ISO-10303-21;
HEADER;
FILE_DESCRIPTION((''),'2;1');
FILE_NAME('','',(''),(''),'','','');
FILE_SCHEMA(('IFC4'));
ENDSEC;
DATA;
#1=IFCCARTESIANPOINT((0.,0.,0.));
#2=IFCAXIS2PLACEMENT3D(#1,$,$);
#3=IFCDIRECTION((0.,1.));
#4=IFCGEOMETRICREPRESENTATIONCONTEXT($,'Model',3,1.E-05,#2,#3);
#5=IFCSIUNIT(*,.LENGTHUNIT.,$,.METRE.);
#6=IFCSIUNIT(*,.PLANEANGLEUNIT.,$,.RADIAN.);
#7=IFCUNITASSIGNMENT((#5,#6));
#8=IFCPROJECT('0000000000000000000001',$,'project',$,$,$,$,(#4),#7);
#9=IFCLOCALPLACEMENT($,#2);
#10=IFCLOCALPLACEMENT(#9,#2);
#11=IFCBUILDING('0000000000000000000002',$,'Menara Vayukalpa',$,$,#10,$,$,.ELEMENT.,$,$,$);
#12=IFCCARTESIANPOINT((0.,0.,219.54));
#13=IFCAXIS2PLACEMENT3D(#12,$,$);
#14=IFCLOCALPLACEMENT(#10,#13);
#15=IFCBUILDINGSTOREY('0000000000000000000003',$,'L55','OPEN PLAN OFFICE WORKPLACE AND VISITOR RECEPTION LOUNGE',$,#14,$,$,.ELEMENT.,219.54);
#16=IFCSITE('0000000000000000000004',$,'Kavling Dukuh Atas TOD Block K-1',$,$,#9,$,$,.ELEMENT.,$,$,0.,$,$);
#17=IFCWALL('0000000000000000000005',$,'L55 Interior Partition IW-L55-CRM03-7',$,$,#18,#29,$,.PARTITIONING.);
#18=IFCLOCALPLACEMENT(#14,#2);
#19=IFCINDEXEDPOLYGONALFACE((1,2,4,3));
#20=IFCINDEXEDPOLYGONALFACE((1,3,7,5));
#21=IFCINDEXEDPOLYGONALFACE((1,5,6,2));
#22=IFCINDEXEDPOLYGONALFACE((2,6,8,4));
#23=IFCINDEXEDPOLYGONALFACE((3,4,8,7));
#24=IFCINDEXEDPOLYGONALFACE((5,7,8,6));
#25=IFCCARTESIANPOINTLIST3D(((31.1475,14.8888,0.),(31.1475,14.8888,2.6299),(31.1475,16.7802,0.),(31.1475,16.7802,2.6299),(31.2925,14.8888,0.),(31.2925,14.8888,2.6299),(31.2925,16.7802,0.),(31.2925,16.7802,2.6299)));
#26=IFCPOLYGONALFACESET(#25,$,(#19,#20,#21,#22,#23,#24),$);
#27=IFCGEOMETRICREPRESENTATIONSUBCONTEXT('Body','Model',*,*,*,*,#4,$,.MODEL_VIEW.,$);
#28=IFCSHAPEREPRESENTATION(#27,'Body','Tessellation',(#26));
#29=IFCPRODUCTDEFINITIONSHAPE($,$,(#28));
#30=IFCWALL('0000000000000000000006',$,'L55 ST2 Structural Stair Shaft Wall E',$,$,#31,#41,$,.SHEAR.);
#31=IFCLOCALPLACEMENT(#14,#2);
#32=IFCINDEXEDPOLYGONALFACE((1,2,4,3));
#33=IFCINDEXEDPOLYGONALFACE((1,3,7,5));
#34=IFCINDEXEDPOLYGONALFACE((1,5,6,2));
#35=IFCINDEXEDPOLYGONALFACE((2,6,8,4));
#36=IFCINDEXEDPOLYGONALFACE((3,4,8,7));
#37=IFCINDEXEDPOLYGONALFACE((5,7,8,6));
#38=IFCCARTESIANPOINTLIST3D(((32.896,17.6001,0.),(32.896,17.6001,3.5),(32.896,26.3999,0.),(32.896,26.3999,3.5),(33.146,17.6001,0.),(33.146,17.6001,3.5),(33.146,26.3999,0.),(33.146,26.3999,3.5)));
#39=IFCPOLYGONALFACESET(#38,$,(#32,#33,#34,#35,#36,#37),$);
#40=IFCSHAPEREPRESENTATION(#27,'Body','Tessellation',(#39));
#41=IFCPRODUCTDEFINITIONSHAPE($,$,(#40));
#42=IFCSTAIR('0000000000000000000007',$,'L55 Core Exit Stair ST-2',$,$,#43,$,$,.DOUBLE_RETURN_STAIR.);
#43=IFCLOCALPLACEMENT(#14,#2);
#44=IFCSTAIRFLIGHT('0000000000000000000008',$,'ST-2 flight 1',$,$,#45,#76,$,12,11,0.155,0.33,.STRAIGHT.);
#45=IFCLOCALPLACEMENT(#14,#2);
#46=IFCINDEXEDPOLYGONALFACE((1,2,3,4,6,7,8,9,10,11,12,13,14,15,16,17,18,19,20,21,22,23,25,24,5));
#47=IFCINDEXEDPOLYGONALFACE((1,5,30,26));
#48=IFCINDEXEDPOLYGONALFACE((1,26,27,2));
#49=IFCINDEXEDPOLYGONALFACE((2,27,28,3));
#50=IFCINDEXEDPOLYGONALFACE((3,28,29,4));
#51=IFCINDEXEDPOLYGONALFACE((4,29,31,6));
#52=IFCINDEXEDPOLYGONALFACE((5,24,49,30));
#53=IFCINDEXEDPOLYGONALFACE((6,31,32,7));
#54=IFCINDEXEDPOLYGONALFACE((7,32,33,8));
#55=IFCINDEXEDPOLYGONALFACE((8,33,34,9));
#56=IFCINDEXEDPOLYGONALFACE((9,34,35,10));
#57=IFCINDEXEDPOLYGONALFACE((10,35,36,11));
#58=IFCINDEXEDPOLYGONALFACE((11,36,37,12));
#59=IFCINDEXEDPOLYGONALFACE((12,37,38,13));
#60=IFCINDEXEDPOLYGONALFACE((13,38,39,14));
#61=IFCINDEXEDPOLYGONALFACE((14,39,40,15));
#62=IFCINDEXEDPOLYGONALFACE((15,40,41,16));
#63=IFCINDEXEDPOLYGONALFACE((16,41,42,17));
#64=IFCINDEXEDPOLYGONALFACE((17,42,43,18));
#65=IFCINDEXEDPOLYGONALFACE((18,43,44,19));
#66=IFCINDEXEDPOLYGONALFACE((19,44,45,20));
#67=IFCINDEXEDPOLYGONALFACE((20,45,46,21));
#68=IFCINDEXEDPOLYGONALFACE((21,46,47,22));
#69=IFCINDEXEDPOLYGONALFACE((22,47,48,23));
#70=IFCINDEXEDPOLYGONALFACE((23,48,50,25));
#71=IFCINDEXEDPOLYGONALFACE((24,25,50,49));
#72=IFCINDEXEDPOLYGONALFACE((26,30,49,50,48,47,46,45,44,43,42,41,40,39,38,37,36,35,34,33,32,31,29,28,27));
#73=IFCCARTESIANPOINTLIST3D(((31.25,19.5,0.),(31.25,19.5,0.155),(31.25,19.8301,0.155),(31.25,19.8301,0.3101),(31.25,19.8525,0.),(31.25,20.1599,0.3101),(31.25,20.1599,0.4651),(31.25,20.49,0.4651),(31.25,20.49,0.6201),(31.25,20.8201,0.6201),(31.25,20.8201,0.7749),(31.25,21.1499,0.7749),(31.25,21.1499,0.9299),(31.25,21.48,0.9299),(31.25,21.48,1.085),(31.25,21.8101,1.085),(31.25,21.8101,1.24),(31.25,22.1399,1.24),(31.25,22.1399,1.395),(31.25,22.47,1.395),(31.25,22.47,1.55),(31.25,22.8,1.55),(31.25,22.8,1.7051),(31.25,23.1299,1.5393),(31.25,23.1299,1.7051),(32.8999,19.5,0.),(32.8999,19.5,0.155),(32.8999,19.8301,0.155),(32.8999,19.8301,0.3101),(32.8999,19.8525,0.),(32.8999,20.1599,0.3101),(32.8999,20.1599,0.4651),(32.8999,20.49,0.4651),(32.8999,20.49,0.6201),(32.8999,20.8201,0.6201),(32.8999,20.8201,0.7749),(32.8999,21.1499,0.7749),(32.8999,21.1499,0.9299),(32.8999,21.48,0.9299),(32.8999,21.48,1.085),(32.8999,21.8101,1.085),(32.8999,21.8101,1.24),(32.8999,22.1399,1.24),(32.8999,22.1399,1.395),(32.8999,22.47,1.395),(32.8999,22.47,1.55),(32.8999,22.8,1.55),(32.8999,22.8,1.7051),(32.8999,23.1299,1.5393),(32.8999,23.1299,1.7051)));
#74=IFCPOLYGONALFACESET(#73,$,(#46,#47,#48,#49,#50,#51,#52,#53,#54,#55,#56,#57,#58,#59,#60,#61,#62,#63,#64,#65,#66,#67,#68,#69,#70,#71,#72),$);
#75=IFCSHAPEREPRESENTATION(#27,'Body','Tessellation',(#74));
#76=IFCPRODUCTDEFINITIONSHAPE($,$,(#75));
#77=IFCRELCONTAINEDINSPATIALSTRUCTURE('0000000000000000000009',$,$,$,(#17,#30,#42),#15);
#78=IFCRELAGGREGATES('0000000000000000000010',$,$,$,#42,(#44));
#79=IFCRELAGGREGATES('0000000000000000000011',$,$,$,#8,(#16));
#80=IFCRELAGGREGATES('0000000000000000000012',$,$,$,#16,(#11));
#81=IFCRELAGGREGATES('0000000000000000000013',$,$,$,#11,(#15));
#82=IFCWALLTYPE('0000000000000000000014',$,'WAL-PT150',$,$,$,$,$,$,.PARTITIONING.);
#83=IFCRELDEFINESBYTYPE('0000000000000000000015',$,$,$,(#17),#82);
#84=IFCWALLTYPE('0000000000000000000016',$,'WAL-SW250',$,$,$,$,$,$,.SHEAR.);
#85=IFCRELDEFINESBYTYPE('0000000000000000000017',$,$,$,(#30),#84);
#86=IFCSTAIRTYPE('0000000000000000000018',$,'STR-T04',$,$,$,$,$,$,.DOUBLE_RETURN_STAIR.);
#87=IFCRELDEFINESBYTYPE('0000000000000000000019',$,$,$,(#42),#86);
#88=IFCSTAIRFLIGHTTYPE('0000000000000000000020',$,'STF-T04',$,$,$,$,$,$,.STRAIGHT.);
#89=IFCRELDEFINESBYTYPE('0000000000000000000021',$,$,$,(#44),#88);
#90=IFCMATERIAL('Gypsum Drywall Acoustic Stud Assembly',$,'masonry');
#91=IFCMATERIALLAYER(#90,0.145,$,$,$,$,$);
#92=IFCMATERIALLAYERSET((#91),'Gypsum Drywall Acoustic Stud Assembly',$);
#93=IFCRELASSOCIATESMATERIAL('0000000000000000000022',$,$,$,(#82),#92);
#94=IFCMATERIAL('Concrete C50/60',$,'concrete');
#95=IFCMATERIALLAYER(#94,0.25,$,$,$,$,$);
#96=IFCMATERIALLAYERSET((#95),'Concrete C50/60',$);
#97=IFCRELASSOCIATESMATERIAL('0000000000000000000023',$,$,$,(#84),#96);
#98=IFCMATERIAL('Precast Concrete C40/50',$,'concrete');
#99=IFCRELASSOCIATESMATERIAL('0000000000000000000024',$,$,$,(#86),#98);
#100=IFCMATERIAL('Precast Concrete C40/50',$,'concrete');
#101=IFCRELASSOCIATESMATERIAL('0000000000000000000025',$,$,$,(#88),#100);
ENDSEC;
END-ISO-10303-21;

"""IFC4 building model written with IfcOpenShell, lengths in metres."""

from ifc_helpers import new_model, si_unit, direction, frame, frame_2d, origin, place, context, subcontext, project, spatial, polyline, rectangle, outline, extrude, material, layer, layer_set, type_object, element, aggregate, save


model = new_model("IFC4")

# Units and contexts
model_context = context("Model", 3, precision=1e-05, world=origin(), true_north=direction((0.0, 1.0)))
body_context = subcontext(model_context, "Body", "Model", "MODEL_VIEW")
ifc_project = project(units=[si_unit("LENGTHUNIT", "METRE"), si_unit("PLANEANGLEUNIT", "RADIAN")], contexts=[model_context])

# Site, building, storey
site_placement = place(None, origin())
site = spatial("IfcSite", under=ifc_project, at=site_placement, Name="Kavling Dukuh Atas TOD Block K-1", CompositionType="ELEMENT", RefElevation=0.0)
building_placement = place(site_placement, origin())
building = spatial("IfcBuilding", under=site, at=building_placement, Name="Menara Vayukalpa", CompositionType="ELEMENT")
storey_placement = place(building_placement, frame((0.0, 0.0, 219.54)))
storey = spatial("IfcBuildingStorey", under=building, at=storey_placement, Name="L55", Description="OPEN PLAN OFFICE WORKPLACE AND VISITOR RECEPTION LOUNGE", CompositionType="ELEMENT", Elevation=219.54)

# Walls
ifc_material_1 = material(Name="Gypsum Drywall Acoustic Stud Assembly", Category="masonry")
ifc_layer_1 = layer(ifc_material_1, 0.145)
ifc_layer_set_1 = layer_set([ifc_layer_1], Name="Gypsum Drywall Acoustic Stud Assembly")
wall_type_1 = type_object("IfcWallType", Name="WAL-PT150", PredefinedType="PARTITIONING", material=ifc_layer_set_1)
wall_1_placement = place(storey_placement, frame((31.22, 14.8887, 0.0), z_axis=(0.0, 0.0, 1.0), x_axis=(0.0, 1.0, 0.0)))
element("IfcWall", 1, at=wall_1_placement, inside=storey, type_object=wall_type_1, Name="L55 Interior Partition IW-L55-CRM03-7", PredefinedType="PARTITIONING", context=body_context, shape_type="SweptSolid", body=[
    extrude(rectangle(XDim=1.8914, YDim=0.145, at=frame_2d((0.9458, 0.0))), origin(), (0.0, 0.0, 1.0), 2.6299),
])
ifc_material_2 = material(Name="Concrete C50/60", Category="concrete")
ifc_layer_2 = layer(ifc_material_2, 0.25)
ifc_layer_set_2 = layer_set([ifc_layer_2], Name="Concrete C50/60")
wall_type_2 = type_object("IfcWallType", Name="WAL-SW250", PredefinedType="SHEAR", material=ifc_layer_set_2)
wall_2_placement = place(storey_placement, frame((33.021, 17.6001, 0.0), z_axis=(0.0, 0.0, 1.0), x_axis=(0.0, 1.0, 0.0)))
element("IfcWall", 2, at=wall_2_placement, inside=storey, type_object=wall_type_2, Name="L55 ST2 Structural Stair Shaft Wall E", PredefinedType="SHEAR", context=body_context, shape_type="SweptSolid", body=[
    extrude(rectangle(XDim=8.7998, YDim=0.25, at=frame_2d((4.3999, 0.0))), origin(), (0.0, 0.0, 1.0), 3.5),
])

# Stair, stair flight
ifc_material_3 = material(Name="Precast Concrete C40/50", Category="concrete")
stair_type = type_object("IfcStairType", Name="STR-T04", PredefinedType="DOUBLE_RETURN_STAIR", material=ifc_material_3)
stair_placement = place(storey_placement, origin())
stair = element("IfcStair", 3, at=stair_placement, inside=storey, type_object=stair_type, Name="L55 Core Exit Stair ST-2", PredefinedType="DOUBLE_RETURN_STAIR")
ifc_material_4 = material(Name="Precast Concrete C40/50", Category="concrete")
stair_flight_type = type_object("IfcStairFlightType", Name="STF-T04", PredefinedType="STRAIGHT", material=ifc_material_4)
stair_flight_placement = place(storey_placement, frame((32.075, 19.5, 0.0), z_axis=(0.0, 0.0, 1.0), x_axis=(0.0, 1.0, 0.0)))
stair_flight = element("IfcStairFlight", 4, at=stair_flight_placement, type_object=stair_flight_type, Name="ST-2 flight 1", NumberOfRisers=12, NumberOfTreads=11, PredefinedType="STRAIGHT", RiserHeight=0.155, TreadLength=0.33, context=body_context, shape_type="SweptSolid", body=[
    extrude(outline(polyline([(0.0, 0.0), (0.0, 0.155), (0.3301, 0.155), (0.3301, 0.3101), (0.6599, 0.3101), (0.6599, 0.4651), (0.99, 0.4651), (0.99, 0.6201), (1.3201, 0.6201), (1.3201, 0.7749), (1.6499, 0.7749), (1.6499, 0.9299), (1.98, 0.9299), (1.98, 1.085), (2.3101, 1.085), (2.3101, 1.24), (2.6399, 1.24), (2.6399, 1.395), (2.97, 1.395), (2.97, 1.55), (3.3, 1.55), (3.3, 1.7051), (3.6299, 1.7051), (3.6299, 1.8601), (3.6299, 1.5393), (0.3525, 0.0), (0.0, 0.0)])), frame((0.0, 0.825, 0.0), z_axis=(0.0, -1.0, 0.0), x_axis=(1.0, 0.0, 0.0)), (0.0, 0.0, 1.0), 1.6499),
])
aggregate(stair, [stair_flight])

save(model, "model.ifc")
